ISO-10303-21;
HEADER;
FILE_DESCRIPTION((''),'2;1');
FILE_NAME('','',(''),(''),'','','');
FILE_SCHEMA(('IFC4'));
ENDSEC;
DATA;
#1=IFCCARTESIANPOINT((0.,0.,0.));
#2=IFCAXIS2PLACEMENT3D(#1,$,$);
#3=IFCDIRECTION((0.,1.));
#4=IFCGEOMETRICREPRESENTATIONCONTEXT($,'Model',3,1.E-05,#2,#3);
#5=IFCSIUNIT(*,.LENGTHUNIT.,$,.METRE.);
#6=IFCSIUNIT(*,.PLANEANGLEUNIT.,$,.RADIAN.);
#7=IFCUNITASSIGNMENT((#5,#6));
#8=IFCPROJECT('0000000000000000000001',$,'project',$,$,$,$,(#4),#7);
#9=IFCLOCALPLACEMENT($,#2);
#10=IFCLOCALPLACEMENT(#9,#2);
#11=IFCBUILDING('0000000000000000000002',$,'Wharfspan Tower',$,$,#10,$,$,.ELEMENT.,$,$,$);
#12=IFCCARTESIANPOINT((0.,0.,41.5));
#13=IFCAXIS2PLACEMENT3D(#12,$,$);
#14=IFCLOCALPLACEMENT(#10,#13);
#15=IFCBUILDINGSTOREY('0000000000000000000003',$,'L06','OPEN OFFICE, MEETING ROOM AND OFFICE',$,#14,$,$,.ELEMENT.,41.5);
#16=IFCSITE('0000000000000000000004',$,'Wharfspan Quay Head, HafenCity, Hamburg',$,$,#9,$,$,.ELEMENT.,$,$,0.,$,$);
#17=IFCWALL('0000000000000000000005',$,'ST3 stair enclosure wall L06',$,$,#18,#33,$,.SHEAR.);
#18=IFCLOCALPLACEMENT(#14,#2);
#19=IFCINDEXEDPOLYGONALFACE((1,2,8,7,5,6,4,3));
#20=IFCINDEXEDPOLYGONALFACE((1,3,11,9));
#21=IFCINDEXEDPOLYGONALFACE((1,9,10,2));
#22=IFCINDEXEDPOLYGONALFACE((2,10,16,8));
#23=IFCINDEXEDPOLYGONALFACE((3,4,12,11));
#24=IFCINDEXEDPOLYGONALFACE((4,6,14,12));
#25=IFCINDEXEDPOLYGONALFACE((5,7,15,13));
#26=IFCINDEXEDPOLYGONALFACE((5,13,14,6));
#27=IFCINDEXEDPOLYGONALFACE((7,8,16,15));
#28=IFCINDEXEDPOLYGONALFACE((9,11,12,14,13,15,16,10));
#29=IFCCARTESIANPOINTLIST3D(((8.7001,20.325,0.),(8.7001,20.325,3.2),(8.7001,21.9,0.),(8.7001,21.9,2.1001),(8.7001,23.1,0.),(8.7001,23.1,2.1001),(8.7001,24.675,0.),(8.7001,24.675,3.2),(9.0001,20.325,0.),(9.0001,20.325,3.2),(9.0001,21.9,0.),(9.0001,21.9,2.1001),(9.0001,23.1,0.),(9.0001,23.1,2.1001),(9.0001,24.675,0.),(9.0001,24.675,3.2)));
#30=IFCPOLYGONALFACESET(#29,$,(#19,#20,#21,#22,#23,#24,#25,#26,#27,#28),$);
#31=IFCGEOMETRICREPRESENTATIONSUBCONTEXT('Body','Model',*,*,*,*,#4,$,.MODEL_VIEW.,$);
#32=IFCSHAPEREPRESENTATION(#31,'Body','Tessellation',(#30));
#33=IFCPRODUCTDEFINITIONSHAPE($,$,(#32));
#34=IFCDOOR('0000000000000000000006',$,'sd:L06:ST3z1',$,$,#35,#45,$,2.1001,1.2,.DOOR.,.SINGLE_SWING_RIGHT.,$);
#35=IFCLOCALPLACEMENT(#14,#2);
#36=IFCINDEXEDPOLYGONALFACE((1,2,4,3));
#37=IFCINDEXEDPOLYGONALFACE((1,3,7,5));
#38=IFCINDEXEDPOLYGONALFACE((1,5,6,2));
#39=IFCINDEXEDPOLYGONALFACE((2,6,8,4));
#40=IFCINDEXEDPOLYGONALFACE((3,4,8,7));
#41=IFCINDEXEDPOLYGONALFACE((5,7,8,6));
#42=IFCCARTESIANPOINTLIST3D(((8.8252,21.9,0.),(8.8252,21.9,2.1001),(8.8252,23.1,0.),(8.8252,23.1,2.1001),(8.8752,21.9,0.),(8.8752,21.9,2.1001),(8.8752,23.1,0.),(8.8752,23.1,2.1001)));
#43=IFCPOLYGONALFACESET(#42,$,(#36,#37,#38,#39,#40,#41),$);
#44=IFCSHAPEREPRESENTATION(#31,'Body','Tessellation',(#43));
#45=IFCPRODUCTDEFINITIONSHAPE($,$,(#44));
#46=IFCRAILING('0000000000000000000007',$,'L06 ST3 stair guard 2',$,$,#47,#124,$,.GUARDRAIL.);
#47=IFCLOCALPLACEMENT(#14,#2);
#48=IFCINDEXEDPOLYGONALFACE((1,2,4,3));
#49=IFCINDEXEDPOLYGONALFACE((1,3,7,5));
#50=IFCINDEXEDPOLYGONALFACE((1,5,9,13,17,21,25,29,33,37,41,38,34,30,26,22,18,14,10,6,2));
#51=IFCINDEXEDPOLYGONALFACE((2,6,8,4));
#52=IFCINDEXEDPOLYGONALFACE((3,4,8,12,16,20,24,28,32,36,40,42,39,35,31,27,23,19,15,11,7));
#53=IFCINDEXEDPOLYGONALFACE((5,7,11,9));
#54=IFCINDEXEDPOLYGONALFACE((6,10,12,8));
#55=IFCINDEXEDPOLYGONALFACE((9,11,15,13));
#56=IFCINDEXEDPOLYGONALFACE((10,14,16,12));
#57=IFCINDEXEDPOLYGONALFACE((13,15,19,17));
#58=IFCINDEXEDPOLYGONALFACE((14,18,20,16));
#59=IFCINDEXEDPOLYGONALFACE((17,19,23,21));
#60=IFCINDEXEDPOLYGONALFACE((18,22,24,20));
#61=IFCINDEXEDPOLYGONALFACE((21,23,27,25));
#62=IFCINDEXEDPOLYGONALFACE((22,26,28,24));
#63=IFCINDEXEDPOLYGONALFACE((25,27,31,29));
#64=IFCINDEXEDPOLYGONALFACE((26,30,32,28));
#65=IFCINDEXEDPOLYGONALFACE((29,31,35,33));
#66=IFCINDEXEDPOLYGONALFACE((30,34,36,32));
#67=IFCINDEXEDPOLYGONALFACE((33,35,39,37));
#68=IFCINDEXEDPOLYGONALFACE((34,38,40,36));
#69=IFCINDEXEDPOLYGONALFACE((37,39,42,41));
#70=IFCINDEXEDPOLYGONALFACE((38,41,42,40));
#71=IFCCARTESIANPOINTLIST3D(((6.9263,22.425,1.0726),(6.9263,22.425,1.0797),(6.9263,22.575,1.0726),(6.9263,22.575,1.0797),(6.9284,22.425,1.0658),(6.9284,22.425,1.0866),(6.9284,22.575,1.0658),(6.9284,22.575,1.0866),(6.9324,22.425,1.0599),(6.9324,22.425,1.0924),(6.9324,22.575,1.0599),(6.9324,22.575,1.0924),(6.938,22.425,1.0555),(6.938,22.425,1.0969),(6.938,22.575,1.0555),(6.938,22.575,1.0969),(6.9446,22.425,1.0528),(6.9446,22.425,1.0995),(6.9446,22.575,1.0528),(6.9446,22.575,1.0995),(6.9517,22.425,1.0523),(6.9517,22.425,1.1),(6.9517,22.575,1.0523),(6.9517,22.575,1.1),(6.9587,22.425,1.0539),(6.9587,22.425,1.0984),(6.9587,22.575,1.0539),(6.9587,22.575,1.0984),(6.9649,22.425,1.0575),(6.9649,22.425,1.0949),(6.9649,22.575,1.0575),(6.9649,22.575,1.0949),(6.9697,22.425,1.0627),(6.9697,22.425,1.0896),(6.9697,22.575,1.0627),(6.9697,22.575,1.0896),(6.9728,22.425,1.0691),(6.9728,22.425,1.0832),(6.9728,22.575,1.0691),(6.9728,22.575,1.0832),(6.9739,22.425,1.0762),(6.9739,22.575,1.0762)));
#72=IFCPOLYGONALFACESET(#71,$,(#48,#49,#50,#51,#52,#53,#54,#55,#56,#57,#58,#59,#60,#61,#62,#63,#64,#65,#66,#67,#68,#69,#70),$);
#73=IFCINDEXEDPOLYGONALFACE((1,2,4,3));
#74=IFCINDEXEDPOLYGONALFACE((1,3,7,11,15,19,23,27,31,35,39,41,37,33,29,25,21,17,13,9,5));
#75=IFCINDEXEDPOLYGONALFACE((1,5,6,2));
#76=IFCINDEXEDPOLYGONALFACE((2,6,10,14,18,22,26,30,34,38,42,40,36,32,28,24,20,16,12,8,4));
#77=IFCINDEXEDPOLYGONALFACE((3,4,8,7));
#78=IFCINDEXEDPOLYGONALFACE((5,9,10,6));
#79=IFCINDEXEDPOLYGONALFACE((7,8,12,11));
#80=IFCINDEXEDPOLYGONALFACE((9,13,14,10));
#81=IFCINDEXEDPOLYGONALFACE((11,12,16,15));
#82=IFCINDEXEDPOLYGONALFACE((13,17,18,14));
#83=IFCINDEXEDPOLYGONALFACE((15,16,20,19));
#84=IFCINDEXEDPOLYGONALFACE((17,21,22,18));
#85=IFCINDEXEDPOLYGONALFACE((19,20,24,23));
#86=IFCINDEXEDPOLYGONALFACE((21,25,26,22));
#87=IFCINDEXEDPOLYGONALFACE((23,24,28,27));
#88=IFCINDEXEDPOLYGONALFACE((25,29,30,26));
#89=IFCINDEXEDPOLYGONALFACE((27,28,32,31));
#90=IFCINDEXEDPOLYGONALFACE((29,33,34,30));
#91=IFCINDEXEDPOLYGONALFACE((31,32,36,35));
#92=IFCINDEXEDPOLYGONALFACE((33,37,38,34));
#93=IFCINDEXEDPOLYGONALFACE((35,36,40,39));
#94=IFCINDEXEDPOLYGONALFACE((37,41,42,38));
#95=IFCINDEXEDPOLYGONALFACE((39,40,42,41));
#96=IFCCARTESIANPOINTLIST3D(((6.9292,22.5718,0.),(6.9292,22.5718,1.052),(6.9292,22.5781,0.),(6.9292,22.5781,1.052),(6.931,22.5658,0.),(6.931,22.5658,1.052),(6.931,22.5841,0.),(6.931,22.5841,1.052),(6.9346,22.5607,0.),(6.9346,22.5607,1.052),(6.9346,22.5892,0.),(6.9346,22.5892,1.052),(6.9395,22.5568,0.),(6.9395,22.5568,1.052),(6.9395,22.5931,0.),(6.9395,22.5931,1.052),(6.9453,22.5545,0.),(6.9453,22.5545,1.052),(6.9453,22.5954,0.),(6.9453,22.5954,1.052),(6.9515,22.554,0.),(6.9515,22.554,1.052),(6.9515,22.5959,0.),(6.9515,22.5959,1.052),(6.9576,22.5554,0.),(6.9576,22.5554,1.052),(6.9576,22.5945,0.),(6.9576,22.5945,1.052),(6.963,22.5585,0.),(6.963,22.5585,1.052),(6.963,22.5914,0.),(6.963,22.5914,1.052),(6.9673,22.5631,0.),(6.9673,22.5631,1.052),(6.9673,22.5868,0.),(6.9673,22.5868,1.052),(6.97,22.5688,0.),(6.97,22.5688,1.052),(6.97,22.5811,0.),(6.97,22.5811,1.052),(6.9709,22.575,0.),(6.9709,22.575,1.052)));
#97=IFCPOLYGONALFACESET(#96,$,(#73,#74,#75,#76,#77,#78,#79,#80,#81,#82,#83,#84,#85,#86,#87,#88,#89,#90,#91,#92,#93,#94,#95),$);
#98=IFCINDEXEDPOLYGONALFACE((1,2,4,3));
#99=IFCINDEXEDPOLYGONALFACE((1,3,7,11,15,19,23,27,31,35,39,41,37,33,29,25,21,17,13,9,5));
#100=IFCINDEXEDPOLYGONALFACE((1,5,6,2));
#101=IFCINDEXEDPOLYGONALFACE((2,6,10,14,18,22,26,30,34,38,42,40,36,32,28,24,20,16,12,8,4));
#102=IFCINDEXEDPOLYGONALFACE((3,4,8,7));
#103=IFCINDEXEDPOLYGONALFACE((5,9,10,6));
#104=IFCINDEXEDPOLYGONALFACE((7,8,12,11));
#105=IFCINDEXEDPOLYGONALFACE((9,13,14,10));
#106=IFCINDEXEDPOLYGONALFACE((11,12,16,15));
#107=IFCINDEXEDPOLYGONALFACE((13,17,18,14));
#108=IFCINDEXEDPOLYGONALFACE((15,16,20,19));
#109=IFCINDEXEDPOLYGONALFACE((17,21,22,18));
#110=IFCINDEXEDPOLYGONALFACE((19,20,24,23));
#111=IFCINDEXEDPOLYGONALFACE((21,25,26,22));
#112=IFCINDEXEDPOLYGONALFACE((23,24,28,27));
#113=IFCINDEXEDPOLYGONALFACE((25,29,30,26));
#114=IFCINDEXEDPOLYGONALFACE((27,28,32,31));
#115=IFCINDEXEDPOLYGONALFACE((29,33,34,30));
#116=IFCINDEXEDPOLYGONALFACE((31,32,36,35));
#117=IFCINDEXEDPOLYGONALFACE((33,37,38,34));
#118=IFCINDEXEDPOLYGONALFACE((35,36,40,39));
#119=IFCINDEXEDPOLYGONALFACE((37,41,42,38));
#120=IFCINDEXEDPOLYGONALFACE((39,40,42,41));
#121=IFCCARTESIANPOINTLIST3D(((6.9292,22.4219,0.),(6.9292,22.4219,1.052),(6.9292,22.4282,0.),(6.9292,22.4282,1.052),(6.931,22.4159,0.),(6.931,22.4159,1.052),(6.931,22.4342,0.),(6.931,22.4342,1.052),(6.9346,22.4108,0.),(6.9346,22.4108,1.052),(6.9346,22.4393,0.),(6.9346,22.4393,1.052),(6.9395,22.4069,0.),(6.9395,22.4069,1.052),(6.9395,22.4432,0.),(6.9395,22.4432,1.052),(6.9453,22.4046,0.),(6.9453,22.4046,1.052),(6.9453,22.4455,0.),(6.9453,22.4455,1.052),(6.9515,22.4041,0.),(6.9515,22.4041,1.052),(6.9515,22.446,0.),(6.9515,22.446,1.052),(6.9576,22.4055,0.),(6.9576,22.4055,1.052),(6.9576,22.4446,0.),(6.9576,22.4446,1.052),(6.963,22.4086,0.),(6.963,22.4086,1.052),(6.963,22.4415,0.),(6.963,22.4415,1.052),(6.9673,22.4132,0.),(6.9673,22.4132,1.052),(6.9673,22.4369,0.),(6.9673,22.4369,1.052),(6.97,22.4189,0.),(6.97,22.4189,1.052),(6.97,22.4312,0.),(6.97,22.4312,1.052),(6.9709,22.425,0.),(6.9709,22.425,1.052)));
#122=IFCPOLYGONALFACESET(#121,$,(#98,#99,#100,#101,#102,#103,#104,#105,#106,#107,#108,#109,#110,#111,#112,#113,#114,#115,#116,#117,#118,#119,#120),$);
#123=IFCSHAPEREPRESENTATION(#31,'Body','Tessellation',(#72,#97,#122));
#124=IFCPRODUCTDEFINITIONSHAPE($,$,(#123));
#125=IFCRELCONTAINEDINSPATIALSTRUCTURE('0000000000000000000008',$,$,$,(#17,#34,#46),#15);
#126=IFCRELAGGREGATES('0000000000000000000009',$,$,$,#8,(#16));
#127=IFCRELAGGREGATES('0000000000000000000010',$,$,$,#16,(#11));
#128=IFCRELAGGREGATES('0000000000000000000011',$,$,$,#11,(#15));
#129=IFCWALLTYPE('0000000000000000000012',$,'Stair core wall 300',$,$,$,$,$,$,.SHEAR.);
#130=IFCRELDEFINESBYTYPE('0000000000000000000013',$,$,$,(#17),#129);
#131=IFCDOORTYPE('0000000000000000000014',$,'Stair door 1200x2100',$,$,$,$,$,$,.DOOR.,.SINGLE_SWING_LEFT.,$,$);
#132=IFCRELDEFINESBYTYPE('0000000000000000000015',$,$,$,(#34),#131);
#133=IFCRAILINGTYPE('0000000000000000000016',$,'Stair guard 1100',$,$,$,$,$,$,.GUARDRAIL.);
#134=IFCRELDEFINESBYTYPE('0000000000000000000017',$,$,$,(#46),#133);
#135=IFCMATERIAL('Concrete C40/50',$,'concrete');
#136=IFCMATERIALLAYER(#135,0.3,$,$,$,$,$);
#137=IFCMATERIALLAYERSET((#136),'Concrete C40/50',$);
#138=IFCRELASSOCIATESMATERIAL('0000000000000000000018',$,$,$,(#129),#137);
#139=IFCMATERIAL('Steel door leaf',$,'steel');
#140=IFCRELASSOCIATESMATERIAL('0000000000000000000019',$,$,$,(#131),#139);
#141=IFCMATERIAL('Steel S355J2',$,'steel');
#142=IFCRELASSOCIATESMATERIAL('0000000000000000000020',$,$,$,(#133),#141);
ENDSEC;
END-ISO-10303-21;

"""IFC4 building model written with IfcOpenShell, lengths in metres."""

from ifc_helpers import new_model, si_unit, direction, frame, frame_2d, origin, origin_2d, place, context, subcontext, project, spatial, rectangle, circle, extrude, material, layer, layer_set, type_object, element, fill, save


model = new_model("IFC4")

# Units and contexts
model_context = context("Model", 3, precision=1e-05, world=origin(), true_north=direction((0.0, 1.0)))
body_context = subcontext(model_context, "Body", "Model", "MODEL_VIEW")
ifc_project = project(units=[si_unit("LENGTHUNIT", "METRE"), si_unit("PLANEANGLEUNIT", "RADIAN")], contexts=[model_context])

# Site, building, storey
site_placement = place(None, origin())
site = spatial("IfcSite", under=ifc_project, at=site_placement, Name="Wharfspan Quay Head, HafenCity, Hamburg", CompositionType="ELEMENT", RefElevation=0.0)
building_placement = place(site_placement, origin())
building = spatial("IfcBuilding", under=site, at=building_placement, Name="Wharfspan Tower", CompositionType="ELEMENT")
storey_placement = place(building_placement, frame((0.0, 0.0, 41.5)))
storey = spatial("IfcBuildingStorey", under=building, at=storey_placement, Name="L06", Description="OPEN OFFICE, MEETING ROOM AND OFFICE", CompositionType="ELEMENT", Elevation=41.5)

# Shared definitions
ifc_material_1 = material(Name="Steel S355J2", Category="steel")

# Shared definitions
ifc_material_2 = material(Name="Steel door leaf", Category="steel")

# Wall, opening, door
ifc_material_3 = material(Name="Concrete C40/50", Category="concrete")
ifc_layer_1 = layer(ifc_material_3, 0.3)
ifc_layer_set_1 = layer_set([ifc_layer_1], Name="Concrete C40/50")
wall_type_1 = type_object("IfcWallType", Name="Stair core wall 300", PredefinedType="SHEAR", material=ifc_layer_set_1)
wall_1_placement = place(storey_placement, frame((8.8501, 20.325, 0.0), z_axis=(0.0, 0.0, 1.0), x_axis=(0.0, 1.0, 0.0)))
wall_1 = element("IfcWall", 1, at=wall_1_placement, inside=storey, type_object=wall_type_1, Name="ST3 stair enclosure wall L06", PredefinedType="SHEAR", context=body_context, shape_type="SweptSolid", body=[
    extrude(rectangle(XDim=4.3501, YDim=0.3, at=frame_2d((2.175, 0.0))), origin(), (0.0, 0.0, 1.0), 3.2),
])
opening_1_placement = place(wall_1_placement, frame((1.575, 0.0, 0.0)))
opening_1 = element("IfcOpeningElement", 2, at=opening_1_placement, cuts=wall_1, PredefinedType="OPENING", context=body_context, shape_type="SweptSolid", body=[
    extrude(rectangle(XDim=1.2, YDim=2.1001, at=frame_2d((0.6001, 1.05))), frame((0.0, 0.1599, 0.0), z_axis=(0.0, -1.0, 0.0), x_axis=(1.0, 0.0, 0.0)), (0.0, 0.0, 1.0), 0.3201),
])
door_type_1 = type_object("IfcDoorType", Name="Stair door 1200x2100", OperationType="SINGLE_SWING_LEFT", PredefinedType="DOOR", material=ifc_material_2)
door_1_placement = place(opening_1_placement, origin())
door_1 = element("IfcDoor", 3, at=door_1_placement, inside=storey, type_object=door_type_1, Name="sd:L06:ST3z1", OperationType="SINGLE_SWING_RIGHT", OverallHeight=2.1001, OverallWidth=1.2, PredefinedType="DOOR", context=body_context, shape_type="SweptSolid", body=[
    extrude(rectangle(XDim=1.2, YDim=2.1001, at=frame_2d((0.6001, 1.05))), frame((0.0, 0.0249, 0.0), z_axis=(0.0, -1.0, 0.0), x_axis=(1.0, 0.0, 0.0)), (0.0, 0.0, 1.0), 0.05),
])
fill(opening_1, door_1)

# Railing
railing_type = type_object("IfcRailingType", Name="Stair guard 1100", PredefinedType="GUARDRAIL", material=ifc_material_1)
railing_placement = place(storey_placement, frame((6.95, 22.575, 0.0)))
element("IfcRailing", 4, at=railing_placement, inside=storey, type_object=railing_type, Name="L06 ST3 stair guard 2", PredefinedType="GUARDRAIL", context=body_context, shape_type="SweptSolid", body=[
    extrude(circle(Radius=0.0239, at=origin_2d()), frame((0.0, 0.0, 1.0762), z_axis=(0.0, -1.0, 0.0), x_axis=(1.0, 0.0, 0.0)), (0.0, 0.0, 1.0), 0.1499),
    extrude(circle(Radius=0.021, at=origin_2d()), origin(), (0.0, 0.0, 1.0), 1.052),
    extrude(circle(Radius=0.021, at=origin_2d()), frame((0.0, -0.1499, 0.0)), (0.0, 0.0, 1.0), 1.052),
])

save(model, "model.ifc")
